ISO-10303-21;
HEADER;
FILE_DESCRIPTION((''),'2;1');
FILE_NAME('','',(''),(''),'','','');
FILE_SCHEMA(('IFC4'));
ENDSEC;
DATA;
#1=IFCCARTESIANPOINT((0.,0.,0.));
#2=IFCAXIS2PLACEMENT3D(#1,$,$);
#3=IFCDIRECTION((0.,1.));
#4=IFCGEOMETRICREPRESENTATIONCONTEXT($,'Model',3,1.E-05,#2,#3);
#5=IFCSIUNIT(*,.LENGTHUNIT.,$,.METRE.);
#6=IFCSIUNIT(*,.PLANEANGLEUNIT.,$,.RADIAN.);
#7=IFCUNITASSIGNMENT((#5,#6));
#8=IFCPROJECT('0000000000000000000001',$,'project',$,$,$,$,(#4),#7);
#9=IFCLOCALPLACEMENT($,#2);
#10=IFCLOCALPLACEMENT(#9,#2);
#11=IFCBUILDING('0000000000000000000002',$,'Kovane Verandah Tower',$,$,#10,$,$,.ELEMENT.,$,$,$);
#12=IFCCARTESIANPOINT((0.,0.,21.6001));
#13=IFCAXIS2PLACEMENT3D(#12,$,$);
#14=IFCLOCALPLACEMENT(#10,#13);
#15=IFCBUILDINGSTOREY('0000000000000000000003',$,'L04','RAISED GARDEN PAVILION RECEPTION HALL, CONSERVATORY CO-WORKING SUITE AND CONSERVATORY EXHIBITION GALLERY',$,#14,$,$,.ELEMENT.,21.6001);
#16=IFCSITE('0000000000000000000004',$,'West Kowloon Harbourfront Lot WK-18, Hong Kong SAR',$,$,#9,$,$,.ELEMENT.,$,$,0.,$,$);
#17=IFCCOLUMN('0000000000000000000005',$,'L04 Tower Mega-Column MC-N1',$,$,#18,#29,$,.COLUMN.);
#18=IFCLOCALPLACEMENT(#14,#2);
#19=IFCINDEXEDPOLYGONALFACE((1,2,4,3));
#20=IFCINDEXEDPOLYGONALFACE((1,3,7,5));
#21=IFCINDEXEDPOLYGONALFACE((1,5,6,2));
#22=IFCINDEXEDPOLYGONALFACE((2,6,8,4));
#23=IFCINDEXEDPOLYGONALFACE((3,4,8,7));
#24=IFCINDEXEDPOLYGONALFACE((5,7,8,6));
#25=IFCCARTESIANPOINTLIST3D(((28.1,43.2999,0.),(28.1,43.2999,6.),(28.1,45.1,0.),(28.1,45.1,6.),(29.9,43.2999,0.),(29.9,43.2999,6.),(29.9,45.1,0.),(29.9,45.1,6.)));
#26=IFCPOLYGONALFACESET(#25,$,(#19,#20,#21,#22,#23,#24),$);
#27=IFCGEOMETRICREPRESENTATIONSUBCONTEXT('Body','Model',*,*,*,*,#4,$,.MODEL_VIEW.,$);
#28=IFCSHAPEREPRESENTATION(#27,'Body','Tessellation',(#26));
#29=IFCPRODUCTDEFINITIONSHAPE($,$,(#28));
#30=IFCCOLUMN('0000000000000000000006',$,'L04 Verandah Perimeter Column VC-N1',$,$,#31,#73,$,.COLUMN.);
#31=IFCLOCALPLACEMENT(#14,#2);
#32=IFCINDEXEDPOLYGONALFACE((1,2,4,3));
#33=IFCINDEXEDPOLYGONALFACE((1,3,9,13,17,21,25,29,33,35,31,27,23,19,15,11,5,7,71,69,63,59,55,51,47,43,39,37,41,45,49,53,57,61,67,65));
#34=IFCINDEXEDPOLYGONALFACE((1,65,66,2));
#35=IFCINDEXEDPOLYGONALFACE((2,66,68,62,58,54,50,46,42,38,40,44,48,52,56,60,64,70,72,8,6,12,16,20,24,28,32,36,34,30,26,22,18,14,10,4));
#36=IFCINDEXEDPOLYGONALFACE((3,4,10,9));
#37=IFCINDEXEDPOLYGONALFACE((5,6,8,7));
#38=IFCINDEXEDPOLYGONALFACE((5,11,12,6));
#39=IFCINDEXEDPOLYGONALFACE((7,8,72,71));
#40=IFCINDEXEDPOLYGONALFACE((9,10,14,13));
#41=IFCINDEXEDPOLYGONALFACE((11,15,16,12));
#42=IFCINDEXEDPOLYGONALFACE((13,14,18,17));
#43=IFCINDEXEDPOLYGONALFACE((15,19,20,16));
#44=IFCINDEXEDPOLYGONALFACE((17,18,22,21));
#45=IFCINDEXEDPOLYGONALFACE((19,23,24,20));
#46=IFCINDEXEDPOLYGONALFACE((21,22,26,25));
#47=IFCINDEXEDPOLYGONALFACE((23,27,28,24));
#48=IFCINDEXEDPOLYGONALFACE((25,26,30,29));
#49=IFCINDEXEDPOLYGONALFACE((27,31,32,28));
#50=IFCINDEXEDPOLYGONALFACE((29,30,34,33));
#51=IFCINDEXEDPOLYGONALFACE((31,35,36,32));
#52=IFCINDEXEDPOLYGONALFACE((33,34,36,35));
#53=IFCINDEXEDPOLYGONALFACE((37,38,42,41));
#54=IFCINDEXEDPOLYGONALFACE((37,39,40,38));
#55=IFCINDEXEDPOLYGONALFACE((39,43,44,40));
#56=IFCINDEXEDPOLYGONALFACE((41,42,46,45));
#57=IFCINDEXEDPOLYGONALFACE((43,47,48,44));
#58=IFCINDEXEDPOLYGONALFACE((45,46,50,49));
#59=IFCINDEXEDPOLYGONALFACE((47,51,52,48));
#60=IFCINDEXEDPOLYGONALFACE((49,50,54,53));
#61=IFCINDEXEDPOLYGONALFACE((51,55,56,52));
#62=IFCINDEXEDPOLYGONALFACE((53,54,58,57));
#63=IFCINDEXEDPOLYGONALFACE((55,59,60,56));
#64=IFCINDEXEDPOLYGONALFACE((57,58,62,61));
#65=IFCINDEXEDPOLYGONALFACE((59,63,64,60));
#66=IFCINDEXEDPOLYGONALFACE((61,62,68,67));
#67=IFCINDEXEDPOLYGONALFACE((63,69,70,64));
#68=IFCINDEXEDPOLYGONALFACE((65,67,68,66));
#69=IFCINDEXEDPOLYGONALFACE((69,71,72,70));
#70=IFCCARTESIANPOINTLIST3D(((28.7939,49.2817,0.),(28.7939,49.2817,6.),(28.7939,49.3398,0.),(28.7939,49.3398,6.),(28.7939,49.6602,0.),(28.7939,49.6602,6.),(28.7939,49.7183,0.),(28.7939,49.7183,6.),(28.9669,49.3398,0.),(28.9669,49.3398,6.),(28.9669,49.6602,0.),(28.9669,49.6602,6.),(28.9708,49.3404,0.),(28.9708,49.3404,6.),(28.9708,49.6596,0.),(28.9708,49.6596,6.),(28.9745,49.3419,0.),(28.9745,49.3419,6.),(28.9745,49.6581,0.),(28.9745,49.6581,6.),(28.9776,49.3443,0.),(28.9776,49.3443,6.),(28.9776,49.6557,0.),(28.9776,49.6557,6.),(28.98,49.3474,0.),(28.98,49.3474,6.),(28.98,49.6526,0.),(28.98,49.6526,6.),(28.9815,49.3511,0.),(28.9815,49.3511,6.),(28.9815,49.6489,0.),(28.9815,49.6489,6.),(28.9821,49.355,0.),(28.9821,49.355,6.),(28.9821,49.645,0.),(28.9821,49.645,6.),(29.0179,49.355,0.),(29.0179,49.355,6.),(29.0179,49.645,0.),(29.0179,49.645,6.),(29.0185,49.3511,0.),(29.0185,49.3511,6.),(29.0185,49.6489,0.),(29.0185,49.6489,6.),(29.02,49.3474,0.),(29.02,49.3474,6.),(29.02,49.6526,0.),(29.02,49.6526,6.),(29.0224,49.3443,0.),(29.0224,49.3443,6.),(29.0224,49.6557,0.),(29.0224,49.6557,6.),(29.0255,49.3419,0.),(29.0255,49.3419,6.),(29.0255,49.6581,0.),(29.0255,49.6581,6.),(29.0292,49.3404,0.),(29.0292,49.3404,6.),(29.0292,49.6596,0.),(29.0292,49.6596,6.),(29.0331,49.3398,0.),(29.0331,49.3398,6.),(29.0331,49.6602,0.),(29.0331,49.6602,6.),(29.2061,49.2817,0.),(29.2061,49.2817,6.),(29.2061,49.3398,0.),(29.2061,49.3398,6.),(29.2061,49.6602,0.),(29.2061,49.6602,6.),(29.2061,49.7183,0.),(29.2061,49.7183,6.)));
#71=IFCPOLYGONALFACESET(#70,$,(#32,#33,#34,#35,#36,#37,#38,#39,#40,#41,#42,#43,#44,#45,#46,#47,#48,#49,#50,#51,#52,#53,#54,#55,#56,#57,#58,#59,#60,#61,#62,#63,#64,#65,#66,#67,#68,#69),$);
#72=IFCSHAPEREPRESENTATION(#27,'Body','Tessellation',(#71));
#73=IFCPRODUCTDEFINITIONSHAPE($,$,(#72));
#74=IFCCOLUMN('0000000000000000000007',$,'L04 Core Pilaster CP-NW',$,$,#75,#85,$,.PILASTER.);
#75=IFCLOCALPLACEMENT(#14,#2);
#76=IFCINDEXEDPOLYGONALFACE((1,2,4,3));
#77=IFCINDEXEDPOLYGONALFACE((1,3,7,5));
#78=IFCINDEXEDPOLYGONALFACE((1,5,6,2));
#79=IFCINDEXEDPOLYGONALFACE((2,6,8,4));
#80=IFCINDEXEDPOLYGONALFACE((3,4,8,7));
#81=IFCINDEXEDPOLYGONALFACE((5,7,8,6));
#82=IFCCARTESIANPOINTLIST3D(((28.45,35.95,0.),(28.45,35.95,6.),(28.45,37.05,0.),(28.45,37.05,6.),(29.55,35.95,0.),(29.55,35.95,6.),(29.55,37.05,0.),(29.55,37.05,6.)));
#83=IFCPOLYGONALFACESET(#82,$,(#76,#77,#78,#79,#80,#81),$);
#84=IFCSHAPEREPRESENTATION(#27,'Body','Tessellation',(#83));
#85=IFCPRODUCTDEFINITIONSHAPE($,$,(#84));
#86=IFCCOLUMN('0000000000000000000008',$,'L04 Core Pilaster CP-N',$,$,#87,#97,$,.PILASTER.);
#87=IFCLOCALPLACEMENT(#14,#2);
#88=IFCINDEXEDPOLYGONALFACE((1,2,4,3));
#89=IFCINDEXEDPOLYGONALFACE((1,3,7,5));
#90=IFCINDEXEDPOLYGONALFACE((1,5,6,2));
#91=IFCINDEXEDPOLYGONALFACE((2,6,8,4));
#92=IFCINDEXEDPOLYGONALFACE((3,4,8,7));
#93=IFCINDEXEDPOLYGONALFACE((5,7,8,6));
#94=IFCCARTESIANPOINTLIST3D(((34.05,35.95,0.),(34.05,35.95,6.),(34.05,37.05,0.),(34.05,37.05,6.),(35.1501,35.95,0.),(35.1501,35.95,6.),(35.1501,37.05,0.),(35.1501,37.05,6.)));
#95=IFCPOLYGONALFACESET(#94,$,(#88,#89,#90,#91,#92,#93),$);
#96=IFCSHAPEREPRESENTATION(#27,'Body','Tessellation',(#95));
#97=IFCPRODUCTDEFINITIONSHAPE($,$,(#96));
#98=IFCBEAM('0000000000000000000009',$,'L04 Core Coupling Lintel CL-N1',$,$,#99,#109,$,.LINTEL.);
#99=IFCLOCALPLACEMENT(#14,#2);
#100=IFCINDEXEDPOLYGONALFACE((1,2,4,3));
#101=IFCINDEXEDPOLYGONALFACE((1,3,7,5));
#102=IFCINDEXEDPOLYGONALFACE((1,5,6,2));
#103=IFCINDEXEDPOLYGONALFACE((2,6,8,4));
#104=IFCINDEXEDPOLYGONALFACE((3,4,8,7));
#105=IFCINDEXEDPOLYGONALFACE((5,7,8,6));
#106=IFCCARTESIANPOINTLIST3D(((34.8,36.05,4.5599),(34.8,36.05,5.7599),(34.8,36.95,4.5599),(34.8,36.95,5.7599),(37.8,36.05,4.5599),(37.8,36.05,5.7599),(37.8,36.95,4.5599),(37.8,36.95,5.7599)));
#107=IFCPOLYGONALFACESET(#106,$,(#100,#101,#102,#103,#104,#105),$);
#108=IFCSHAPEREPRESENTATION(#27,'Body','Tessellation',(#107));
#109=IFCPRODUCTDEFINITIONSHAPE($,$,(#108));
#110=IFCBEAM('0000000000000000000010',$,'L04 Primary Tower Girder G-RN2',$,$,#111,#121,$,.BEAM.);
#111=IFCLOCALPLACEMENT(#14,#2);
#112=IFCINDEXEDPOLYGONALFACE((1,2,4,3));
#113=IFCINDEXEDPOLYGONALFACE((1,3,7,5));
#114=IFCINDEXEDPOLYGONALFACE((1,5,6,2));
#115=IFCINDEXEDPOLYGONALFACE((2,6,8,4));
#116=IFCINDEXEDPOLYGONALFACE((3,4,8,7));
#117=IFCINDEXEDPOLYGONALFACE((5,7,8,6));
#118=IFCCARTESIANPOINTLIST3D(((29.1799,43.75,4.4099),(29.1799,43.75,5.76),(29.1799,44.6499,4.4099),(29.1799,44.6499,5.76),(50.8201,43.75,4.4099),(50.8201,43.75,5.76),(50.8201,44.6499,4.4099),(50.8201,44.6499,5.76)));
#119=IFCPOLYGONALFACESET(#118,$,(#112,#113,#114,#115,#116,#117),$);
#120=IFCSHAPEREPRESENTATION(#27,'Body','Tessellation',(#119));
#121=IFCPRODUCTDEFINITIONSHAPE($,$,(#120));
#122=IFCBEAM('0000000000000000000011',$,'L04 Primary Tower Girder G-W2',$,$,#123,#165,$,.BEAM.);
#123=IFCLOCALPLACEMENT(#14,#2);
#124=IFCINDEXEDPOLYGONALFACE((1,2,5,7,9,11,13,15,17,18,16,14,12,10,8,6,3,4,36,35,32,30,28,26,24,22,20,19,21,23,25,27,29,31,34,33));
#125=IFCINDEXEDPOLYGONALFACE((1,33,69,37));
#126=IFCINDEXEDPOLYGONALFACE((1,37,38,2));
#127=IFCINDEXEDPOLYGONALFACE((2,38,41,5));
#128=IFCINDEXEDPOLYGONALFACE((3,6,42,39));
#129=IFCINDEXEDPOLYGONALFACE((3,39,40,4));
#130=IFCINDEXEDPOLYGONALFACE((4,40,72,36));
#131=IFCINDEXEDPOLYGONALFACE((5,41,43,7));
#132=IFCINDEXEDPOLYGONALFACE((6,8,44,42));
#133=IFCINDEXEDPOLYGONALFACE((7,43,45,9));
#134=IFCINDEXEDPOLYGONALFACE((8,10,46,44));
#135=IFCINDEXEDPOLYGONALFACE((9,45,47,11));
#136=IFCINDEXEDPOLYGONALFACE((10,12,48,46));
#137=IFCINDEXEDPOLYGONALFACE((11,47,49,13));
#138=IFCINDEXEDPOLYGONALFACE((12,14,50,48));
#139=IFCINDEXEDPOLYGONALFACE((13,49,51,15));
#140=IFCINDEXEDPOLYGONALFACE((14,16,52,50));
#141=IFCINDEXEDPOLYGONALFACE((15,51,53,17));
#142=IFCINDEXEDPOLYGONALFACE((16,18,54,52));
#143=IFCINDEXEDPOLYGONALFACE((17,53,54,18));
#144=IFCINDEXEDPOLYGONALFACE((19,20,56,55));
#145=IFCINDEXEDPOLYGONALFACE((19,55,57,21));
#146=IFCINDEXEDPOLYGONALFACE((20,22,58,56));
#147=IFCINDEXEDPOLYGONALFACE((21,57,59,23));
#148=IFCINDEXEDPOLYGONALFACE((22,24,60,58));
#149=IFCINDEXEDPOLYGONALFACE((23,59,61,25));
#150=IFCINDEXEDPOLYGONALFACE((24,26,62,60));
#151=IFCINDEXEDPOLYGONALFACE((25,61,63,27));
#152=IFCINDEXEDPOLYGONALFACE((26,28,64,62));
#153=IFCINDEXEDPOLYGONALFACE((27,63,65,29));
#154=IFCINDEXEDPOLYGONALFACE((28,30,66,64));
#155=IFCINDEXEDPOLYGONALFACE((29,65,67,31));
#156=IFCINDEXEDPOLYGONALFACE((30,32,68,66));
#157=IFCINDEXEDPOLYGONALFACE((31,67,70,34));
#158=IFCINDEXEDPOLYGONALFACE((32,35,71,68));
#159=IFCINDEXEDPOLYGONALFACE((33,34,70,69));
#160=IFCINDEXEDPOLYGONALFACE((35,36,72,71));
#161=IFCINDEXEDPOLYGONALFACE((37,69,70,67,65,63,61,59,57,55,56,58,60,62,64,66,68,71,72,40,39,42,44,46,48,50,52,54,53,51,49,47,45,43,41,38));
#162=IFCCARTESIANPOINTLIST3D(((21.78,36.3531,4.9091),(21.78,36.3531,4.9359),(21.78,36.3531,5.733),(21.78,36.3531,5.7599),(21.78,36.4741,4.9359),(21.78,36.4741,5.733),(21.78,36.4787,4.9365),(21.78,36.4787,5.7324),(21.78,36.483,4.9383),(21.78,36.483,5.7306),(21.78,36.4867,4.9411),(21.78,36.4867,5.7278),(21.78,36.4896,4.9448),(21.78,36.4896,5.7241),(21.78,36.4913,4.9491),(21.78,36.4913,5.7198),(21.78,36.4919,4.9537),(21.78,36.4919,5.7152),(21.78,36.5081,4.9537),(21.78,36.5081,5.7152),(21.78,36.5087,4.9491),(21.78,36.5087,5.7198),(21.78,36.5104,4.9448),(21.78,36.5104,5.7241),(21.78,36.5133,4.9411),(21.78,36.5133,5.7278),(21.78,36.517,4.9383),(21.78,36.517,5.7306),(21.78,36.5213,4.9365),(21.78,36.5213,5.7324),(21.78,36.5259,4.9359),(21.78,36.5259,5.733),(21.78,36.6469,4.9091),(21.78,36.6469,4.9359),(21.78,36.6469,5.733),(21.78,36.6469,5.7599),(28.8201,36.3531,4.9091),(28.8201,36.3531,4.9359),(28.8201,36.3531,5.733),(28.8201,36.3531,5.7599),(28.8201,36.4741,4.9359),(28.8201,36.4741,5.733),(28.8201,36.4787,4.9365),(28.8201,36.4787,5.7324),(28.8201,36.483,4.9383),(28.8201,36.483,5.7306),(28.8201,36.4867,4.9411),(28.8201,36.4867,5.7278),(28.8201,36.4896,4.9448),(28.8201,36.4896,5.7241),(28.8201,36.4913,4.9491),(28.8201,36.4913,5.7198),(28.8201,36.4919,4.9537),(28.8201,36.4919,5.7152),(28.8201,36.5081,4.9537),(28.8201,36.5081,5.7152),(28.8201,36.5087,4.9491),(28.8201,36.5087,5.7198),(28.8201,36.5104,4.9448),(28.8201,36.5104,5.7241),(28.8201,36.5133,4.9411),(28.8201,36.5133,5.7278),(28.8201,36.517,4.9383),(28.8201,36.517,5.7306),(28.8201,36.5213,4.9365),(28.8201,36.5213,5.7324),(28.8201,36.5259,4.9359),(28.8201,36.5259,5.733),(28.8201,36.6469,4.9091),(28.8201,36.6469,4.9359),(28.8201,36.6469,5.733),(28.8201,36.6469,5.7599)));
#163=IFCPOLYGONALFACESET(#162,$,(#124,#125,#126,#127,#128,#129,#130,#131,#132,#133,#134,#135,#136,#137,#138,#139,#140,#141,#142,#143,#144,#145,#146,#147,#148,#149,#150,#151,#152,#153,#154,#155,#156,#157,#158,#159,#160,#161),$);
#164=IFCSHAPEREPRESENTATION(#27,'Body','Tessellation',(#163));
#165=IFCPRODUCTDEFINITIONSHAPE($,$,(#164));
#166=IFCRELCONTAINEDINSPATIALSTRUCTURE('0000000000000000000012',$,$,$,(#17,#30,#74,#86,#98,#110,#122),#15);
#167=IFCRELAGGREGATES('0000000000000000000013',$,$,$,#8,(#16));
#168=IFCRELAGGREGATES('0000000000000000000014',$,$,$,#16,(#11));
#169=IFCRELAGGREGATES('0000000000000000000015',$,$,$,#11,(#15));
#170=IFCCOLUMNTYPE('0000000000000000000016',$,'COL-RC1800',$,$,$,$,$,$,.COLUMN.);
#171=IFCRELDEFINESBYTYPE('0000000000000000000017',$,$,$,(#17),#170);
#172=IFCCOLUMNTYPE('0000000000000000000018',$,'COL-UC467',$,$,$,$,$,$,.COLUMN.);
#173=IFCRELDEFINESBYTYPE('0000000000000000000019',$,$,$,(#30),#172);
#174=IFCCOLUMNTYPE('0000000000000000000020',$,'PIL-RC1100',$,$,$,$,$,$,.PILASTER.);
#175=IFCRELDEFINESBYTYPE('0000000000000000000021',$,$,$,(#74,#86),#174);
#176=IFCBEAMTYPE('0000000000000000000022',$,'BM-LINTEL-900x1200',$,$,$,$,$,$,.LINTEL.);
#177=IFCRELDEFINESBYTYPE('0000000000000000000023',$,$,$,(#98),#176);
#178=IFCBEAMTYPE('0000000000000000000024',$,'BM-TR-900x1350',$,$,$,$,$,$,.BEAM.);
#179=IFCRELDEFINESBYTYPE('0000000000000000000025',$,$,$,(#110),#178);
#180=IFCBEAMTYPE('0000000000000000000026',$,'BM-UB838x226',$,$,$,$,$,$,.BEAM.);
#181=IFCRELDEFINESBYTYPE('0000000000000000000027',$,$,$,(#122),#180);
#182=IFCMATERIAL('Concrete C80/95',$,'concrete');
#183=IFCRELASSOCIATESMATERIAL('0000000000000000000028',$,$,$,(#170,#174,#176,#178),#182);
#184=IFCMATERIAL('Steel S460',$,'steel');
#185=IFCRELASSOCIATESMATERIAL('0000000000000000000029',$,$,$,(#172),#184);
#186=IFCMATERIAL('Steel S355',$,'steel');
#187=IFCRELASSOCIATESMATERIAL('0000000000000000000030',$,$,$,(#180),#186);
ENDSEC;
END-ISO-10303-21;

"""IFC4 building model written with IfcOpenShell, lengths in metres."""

from ifc_helpers import new_model, si_unit, direction, frame, origin, origin_2d, place, context, subcontext, project, spatial, rectangle, i_section, extrude, material, material_profile, profile_set, type_object, element, save


model = new_model("IFC4")

# Units and contexts
model_context = context("Model", 3, precision=1e-05, world=origin(), true_north=direction((0.0, 1.0)))
body_context = subcontext(model_context, "Body", "Model", "MODEL_VIEW")
ifc_project = project(units=[si_unit("LENGTHUNIT", "METRE"), si_unit("PLANEANGLEUNIT", "RADIAN")], contexts=[model_context])

# Site, building, storey
site_placement = place(None, origin())
site = spatial("IfcSite", under=ifc_project, at=site_placement, Name="West Kowloon Harbourfront Lot WK-18, Hong Kong SAR", CompositionType="ELEMENT", RefElevation=0.0)
building_placement = place(site_placement, origin())
building = spatial("IfcBuilding", under=site, at=building_placement, Name="Kovane Verandah Tower", CompositionType="ELEMENT")
storey_placement = place(building_placement, frame((0.0, 0.0, 21.6001)))
storey = spatial("IfcBuildingStorey", under=building, at=storey_placement, Name="L04", Description="RAISED GARDEN PAVILION RECEPTION HALL, CONSERVATORY CO-WORKING SUITE AND CONSERVATORY EXHIBITION GALLERY", CompositionType="ELEMENT", Elevation=21.6001)

# Columns
ifc_material_1 = material(Name="Concrete C80/95", Category="concrete")
ifc_material_profile_1 = material_profile(ifc_material_1, rectangle(XDim=1.8, YDim=1.8, at=origin_2d()), Name="RC1800x1800")
ifc_profile_set_1 = profile_set([ifc_material_profile_1], Name="Concrete C80/95")
column_type_1 = type_object("IfcColumnType", Name="COL-RC1800", PredefinedType="COLUMN", material=ifc_profile_set_1)
column_1_placement = place(storey_placement, frame((29.0, 44.2, 0.0), z_axis=(0.0, 0.0, 1.0), x_axis=(1.0, 0.0, 0.0)))
element("IfcColumn", 1, at=column_1_placement, inside=storey, type_object=column_type_1, Name="L04 Tower Mega-Column MC-N1", PredefinedType="COLUMN", context=body_context, shape_type="SweptSolid", body=[
    extrude(rectangle(XDim=1.8, YDim=1.8, at=origin_2d()), origin(), (0.0, 0.0, 1.0), 6.0),
])
ifc_material_2 = material(Name="Steel S460", Category="steel")
ifc_material_profile_2 = material_profile(ifc_material_2, i_section(OverallWidth=0.4121, OverallDepth=0.4365, WebThickness=0.0359, FlangeThickness=0.0581, FilletRadius=0.0151, at=origin_2d()), Name="UC356x406x467")
ifc_profile_set_2 = profile_set([ifc_material_profile_2], Name="Steel S460")
column_type_2 = type_object("IfcColumnType", Name="COL-UC467", PredefinedType="COLUMN", material=ifc_profile_set_2)
column_2_placement = place(storey_placement, frame((29.0, 49.5, 0.0), z_axis=(0.0, 0.0, 1.0), x_axis=(1.0, 0.0, 0.0)))
element("IfcColumn", 2, at=column_2_placement, inside=storey, type_object=column_type_2, Name="L04 Verandah Perimeter Column VC-N1", PredefinedType="COLUMN", context=body_context, shape_type="SweptSolid", body=[
    extrude(i_section(OverallWidth=0.4121, OverallDepth=0.4365, WebThickness=0.0359, FlangeThickness=0.0581, FilletRadius=0.0151, at=origin_2d()), origin(), (0.0, 0.0, 1.0), 6.0),
])
ifc_material_profile_3 = material_profile(ifc_material_1, rectangle(XDim=1.1001, YDim=1.1001, at=origin_2d()), Name="RC1100x1100")
ifc_profile_set_3 = profile_set([ifc_material_profile_3], Name="Concrete C80/95")
column_type_3 = type_object("IfcColumnType", Name="PIL-RC1100", PredefinedType="PILASTER", material=ifc_profile_set_3)
for number, where, z_axis, x_axis, name in (
    (3, (29.0, 36.5, 0.0), (0.0, 0.0, 1.0), (1.0, 0.0, 0.0), "L04 Core Pilaster CP-NW"),
    (4, (34.6001, 36.5, 0.0), (0.0, 0.0, 1.0), (1.0, 0.0, 0.0), "L04 Core Pilaster CP-N"),
):
    element("IfcColumn", number, at=place(storey_placement, frame(where, z_axis=z_axis, x_axis=x_axis)), inside=storey, type_object=column_type_3, Name=name, PredefinedType="PILASTER", context=body_context, shape_type="SweptSolid", body=[
        extrude(rectangle(XDim=1.1001, YDim=1.1001, at=origin_2d()), origin(), (0.0, 0.0, 1.0), 6.0),
    ])

# Beams
ifc_material_profile_4 = material_profile(ifc_material_1, rectangle(XDim=0.8999, YDim=1.2, at=origin_2d()), Name="RCB900x1200")
ifc_profile_set_4 = profile_set([ifc_material_profile_4], Name="Concrete C80/95")
beam_type_1 = type_object("IfcBeamType", Name="BM-LINTEL-900x1200", PredefinedType="LINTEL", material=ifc_profile_set_4)
beam_1_placement = place(storey_placement, frame((34.8, 36.5, 5.1599), z_axis=(1.0, 0.0, 0.0), x_axis=(0.0, 1.0, 0.0)))
element("IfcBeam", 5, at=beam_1_placement, inside=storey, type_object=beam_type_1, Name="L04 Core Coupling Lintel CL-N1", PredefinedType="LINTEL", context=body_context, shape_type="SweptSolid", body=[
    extrude(rectangle(XDim=0.8999, YDim=1.2, at=origin_2d()), origin(), (0.0, 0.0, 1.0), 3.0),
])
ifc_material_profile_5 = material_profile(ifc_material_1, rectangle(XDim=0.8999, YDim=1.3501, at=origin_2d()), Name="RCB900x1350")
ifc_profile_set_5 = profile_set([ifc_material_profile_5], Name="Concrete C80/95")
beam_type_2 = type_object("IfcBeamType", Name="BM-TR-900x1350", PredefinedType="BEAM", material=ifc_profile_set_5)
beam_2_placement = place(storey_placement, frame((29.1799, 44.2, 5.085), z_axis=(1.0, 0.0, 0.0), x_axis=(0.0, 1.0, 0.0)))
element("IfcBeam", 6, at=beam_2_placement, inside=storey, type_object=beam_type_2, Name="L04 Primary Tower Girder G-RN2", PredefinedType="BEAM", context=body_context, shape_type="SweptSolid", body=[
    extrude(rectangle(XDim=0.8999, YDim=1.3501, at=origin_2d()), origin(), (0.0, 0.0, 1.0), 21.6401),
])
ifc_material_3 = material(Name="Steel S355", Category="steel")
ifc_material_profile_6 = material_profile(ifc_material_3, i_section(OverallWidth=0.2937, OverallDepth=0.8508, WebThickness=0.0161, FlangeThickness=0.0269, FilletRadius=0.0178, at=origin_2d()), Name="UB838x292x226")
ifc_profile_set_6 = profile_set([ifc_material_profile_6], Name="Steel S355")
beam_type_3 = type_object("IfcBeamType", Name="BM-UB838x226", PredefinedType="BEAM", material=ifc_profile_set_6)
beam_3_placement = place(storey_placement, frame((28.8201, 36.5, 5.3345), z_axis=(-1.0, 0.0, 0.0), x_axis=(0.0, -1.0, 0.0)))
element("IfcBeam", 7, at=beam_3_placement, inside=storey, type_object=beam_type_3, Name="L04 Primary Tower Girder G-W2", PredefinedType="BEAM", context=body_context, shape_type="SweptSolid", body=[
    extrude(i_section(OverallWidth=0.2937, OverallDepth=0.8508, WebThickness=0.0161, FlangeThickness=0.0269, FilletRadius=0.0178, at=origin_2d()), origin(), (0.0, 0.0, 1.0), 7.04),
])

save(model, "model.ifc")
